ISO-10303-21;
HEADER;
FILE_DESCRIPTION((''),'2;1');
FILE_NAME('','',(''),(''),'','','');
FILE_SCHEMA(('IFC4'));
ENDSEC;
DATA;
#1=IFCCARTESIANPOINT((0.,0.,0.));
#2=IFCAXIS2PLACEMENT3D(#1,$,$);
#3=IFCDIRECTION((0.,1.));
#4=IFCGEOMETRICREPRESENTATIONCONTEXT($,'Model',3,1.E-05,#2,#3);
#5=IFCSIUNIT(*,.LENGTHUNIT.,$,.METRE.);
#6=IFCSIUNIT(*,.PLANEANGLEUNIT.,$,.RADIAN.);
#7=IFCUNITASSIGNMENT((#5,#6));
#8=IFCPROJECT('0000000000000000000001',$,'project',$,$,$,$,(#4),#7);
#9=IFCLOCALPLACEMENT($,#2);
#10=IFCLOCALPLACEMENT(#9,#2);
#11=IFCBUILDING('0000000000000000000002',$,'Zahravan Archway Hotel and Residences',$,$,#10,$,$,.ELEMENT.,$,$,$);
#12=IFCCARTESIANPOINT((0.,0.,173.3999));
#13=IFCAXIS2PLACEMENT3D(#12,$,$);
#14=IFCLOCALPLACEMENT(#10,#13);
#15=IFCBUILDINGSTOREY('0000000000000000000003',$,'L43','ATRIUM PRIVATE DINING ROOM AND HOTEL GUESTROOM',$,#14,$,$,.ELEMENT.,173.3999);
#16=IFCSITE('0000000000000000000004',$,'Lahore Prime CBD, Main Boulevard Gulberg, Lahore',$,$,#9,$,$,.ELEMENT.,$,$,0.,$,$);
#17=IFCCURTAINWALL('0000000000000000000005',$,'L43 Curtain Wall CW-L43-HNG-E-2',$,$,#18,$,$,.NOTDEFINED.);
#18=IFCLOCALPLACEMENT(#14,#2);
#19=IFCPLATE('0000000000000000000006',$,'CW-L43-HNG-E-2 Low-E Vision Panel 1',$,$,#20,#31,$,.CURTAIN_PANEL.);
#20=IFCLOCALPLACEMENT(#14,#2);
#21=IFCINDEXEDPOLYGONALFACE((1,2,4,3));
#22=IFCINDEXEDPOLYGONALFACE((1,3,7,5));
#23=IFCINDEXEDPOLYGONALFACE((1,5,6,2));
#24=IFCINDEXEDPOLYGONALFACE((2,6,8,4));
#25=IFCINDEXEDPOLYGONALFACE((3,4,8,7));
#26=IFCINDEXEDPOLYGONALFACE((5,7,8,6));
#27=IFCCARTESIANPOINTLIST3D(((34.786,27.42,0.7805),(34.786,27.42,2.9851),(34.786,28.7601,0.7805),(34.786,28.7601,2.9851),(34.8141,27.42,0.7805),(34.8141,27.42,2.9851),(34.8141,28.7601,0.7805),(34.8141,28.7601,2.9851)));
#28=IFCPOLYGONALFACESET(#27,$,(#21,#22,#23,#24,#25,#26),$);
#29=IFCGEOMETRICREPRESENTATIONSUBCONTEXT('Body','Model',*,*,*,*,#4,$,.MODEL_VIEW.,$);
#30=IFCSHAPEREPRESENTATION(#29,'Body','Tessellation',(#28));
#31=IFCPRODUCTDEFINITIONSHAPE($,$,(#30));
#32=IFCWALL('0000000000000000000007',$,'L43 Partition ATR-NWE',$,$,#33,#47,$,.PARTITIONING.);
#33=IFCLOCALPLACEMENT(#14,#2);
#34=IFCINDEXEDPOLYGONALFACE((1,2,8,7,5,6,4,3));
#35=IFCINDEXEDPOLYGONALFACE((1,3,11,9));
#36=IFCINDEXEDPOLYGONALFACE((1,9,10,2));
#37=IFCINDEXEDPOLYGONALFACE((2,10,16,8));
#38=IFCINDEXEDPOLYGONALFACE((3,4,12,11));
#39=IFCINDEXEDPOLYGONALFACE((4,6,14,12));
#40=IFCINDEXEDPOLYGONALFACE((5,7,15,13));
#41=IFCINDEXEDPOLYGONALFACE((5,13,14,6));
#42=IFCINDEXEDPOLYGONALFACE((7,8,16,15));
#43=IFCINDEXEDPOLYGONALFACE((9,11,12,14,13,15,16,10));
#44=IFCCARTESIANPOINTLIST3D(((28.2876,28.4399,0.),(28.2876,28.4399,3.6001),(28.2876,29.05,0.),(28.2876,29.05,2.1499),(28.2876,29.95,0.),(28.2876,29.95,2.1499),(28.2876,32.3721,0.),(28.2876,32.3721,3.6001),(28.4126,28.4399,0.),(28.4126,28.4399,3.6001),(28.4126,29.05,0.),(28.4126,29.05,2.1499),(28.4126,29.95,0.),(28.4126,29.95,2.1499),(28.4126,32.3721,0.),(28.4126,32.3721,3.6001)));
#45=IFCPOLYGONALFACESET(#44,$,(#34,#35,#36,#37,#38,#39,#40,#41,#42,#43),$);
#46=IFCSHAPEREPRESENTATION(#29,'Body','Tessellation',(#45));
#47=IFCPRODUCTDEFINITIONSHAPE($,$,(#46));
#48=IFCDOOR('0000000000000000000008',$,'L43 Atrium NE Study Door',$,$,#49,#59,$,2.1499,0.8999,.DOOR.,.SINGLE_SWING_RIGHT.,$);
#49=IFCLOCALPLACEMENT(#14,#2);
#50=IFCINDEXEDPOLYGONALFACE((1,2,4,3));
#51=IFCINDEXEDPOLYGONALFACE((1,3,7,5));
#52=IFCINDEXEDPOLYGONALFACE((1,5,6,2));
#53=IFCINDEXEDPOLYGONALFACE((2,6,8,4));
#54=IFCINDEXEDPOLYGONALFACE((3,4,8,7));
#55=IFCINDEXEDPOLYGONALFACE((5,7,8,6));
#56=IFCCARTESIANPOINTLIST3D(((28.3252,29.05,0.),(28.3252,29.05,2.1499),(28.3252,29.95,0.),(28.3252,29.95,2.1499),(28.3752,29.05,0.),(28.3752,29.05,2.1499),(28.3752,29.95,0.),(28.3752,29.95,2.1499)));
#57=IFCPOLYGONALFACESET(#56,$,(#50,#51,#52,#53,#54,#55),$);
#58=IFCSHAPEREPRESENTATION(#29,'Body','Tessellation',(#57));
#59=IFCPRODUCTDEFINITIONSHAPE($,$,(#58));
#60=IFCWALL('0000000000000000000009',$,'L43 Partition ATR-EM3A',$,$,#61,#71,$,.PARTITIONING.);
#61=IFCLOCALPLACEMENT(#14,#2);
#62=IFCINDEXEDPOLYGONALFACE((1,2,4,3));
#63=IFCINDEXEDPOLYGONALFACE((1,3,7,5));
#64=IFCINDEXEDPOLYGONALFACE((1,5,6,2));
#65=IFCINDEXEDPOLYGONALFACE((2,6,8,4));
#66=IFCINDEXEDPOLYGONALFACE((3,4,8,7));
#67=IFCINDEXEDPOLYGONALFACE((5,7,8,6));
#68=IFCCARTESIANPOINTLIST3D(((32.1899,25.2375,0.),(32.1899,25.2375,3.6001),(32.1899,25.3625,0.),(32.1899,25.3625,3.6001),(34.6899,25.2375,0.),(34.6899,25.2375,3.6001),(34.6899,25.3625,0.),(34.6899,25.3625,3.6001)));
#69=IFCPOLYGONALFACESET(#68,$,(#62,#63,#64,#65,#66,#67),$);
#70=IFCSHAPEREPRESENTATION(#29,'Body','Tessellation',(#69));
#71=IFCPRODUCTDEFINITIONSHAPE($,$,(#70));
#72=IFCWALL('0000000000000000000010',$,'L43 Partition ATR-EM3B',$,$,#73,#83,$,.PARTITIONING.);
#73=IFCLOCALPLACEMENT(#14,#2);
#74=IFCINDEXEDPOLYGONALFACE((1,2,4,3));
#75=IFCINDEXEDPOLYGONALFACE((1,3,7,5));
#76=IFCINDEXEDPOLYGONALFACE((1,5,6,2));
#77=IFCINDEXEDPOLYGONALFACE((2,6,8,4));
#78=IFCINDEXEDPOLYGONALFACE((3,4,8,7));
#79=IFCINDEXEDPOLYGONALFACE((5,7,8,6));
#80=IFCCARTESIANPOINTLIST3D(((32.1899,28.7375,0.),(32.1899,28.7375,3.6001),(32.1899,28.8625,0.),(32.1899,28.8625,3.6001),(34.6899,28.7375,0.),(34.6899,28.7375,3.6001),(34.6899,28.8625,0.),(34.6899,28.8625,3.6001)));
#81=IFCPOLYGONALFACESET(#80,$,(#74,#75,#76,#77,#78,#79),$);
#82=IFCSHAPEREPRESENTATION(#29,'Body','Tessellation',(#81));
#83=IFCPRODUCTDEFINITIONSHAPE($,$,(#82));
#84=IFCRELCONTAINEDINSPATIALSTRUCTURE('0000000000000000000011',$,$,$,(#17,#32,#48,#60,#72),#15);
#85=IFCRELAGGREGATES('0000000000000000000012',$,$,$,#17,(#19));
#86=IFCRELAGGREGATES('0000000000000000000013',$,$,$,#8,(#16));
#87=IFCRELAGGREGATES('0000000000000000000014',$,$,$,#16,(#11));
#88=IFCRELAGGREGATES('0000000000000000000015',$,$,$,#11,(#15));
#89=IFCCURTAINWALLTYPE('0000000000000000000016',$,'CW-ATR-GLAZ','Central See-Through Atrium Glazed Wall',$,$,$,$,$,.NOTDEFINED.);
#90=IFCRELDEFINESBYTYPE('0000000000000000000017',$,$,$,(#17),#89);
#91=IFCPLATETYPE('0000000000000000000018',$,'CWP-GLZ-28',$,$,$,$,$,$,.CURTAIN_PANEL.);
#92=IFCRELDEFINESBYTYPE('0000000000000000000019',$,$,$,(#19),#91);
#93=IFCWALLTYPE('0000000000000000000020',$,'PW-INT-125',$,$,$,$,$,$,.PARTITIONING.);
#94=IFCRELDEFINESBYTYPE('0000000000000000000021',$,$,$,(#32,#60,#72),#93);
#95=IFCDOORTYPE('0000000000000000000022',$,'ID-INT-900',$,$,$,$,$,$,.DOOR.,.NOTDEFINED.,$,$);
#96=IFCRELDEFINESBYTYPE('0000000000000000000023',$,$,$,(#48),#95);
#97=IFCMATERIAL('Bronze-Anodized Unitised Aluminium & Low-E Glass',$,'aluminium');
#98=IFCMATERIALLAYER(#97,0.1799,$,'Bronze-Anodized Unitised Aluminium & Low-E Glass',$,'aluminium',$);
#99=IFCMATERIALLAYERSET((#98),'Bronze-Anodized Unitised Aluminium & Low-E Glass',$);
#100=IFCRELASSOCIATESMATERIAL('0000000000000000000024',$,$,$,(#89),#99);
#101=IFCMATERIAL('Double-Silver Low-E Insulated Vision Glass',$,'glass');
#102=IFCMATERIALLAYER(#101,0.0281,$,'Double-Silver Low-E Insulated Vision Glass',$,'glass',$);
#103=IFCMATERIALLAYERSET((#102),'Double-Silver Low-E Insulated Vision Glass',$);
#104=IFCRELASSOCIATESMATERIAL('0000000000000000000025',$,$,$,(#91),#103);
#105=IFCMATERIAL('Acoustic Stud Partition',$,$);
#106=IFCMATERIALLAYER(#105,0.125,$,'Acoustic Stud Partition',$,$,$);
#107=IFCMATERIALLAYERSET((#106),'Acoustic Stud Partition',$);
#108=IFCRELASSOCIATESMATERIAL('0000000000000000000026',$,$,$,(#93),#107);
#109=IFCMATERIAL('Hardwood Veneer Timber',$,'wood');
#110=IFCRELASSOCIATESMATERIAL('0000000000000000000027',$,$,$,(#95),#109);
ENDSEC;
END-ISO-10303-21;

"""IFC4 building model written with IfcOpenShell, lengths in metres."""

from ifc_helpers import new_model, si_unit, direction, frame, frame_2d, origin, origin_2d, place, context, subcontext, project, spatial, rectangle, extrude, source, transform, mapped, material, layer, layer_set, type_object, type_shapes, element, fill, aggregate, save


model = new_model("IFC4")

# Units and contexts
model_context = context("Model", 3, precision=1e-05, world=origin(), true_north=direction((0.0, 1.0)))
body_context = subcontext(model_context, "Body", "Model", "MODEL_VIEW")
ifc_project = project(units=[si_unit("LENGTHUNIT", "METRE"), si_unit("PLANEANGLEUNIT", "RADIAN")], contexts=[model_context])

# Site, building, storey
site_placement = place(None, origin())
site = spatial("IfcSite", under=ifc_project, at=site_placement, Name="Lahore Prime CBD, Main Boulevard Gulberg, Lahore", CompositionType="ELEMENT", RefElevation=0.0)
building_placement = place(site_placement, origin())
building = spatial("IfcBuilding", under=site, at=building_placement, Name="Zahravan Archway Hotel and Residences", CompositionType="ELEMENT")
storey_placement = place(building_placement, frame((0.0, 0.0, 173.3999)))
storey = spatial("IfcBuildingStorey", under=building, at=storey_placement, Name="L43", Description="ATRIUM PRIVATE DINING ROOM AND HOTEL GUESTROOM", CompositionType="ELEMENT", Elevation=173.3999)

# Curtain wall
ifc_material_1 = material(Name="Bronze-Anodized Unitised Aluminium & Low-E Glass", Category="aluminium")
ifc_layer_1 = layer(ifc_material_1, 0.1799, Name="Bronze-Anodized Unitised Aluminium & Low-E Glass", Category="aluminium")
ifc_layer_set_1 = layer_set([ifc_layer_1], Name="Bronze-Anodized Unitised Aluminium & Low-E Glass")
curtain_wall_type = type_object("IfcCurtainWallType", Name="CW-ATR-GLAZ", Description="Central See-Through Atrium Glazed Wall", PredefinedType="NOTDEFINED", material=ifc_layer_set_1)
curtain_wall_1_placement = place(storey_placement, origin())
curtain_wall_1 = element("IfcCurtainWall", 1, at=curtain_wall_1_placement, inside=storey, type_object=curtain_wall_type, Name="L43 Curtain Wall CW-L43-HNG-E-2", PredefinedType="NOTDEFINED")

# Plate
ifc_material_2 = material(Name="Double-Silver Low-E Insulated Vision Glass", Category="glass")
ifc_layer_2 = layer(ifc_material_2, 0.0281, Name="Double-Silver Low-E Insulated Vision Glass", Category="glass")
ifc_layer_set_2 = layer_set([ifc_layer_2], Name="Double-Silver Low-E Insulated Vision Glass")
plate_type_1 = type_object("IfcPlateType", Name="CWP-GLZ-28", PredefinedType="CURTAIN_PANEL", material=ifc_layer_set_2)
shared_shape_1 = source(origin(), body_context, "Body", "SweptSolid", [
    extrude(rectangle(XDim=1.3401, YDim=0.0281, at=origin_2d()), origin(), (0.0, 0.0, 1.0), 2.2046),
])
plate_1_placement = place(storey_placement, frame((34.8, 28.0901, 0.7805), z_axis=(0.0, 0.0, 1.0), x_axis=(0.0, 1.0, 0.0)))
plate_1 = element("IfcPlate", 2, at=plate_1_placement, type_object=plate_type_1, Name="CW-L43-HNG-E-2 Low-E Vision Panel 1", PredefinedType="CURTAIN_PANEL", context=body_context, shape_type="MappedRepresentation", body=[
    mapped(shared_shape_1, transform((0.0, 0.0, 0.0), scale=1.0)),
])
aggregate(curtain_wall_1, [plate_1])

# Wall, opening, door
ifc_material_3 = material(Name="Acoustic Stud Partition")
ifc_layer_3 = layer(ifc_material_3, 0.125, Name="Acoustic Stud Partition")
ifc_layer_set_3 = layer_set([ifc_layer_3], Name="Acoustic Stud Partition")
wall_type = type_object("IfcWallType", Name="PW-INT-125", PredefinedType="PARTITIONING", material=ifc_layer_set_3)
wall_placement = place(storey_placement, frame((28.3501, 28.4399, 0.0), z_axis=(0.0, 0.0, 1.0), x_axis=(0.0, 1.0, 0.0)))
wall = element("IfcWall", 3, at=wall_placement, inside=storey, type_object=wall_type, Name="L43 Partition ATR-NWE", PredefinedType="PARTITIONING", context=body_context, shape_type="SweptSolid", body=[
    extrude(rectangle(XDim=3.9321, YDim=0.125, at=frame_2d((1.9661, 0.0))), origin(), (0.0, 0.0, 1.0), 3.6001),
])
opening_placement = place(wall_placement, frame((0.6101, 0.0, 0.0)))
opening = element("IfcOpeningElement", 4, at=opening_placement, cuts=wall, PredefinedType="OPENING", context=body_context, shape_type="SweptSolid", body=[
    extrude(rectangle(XDim=0.8999, YDim=2.1499, at=frame_2d((0.45, 1.075))), frame((0.0, 0.0725, 0.0), z_axis=(0.0, -1.0, 0.0), x_axis=(1.0, 0.0, 0.0)), (0.0, 0.0, 1.0), 0.145),
])
ifc_material_4 = material(Name="Hardwood Veneer Timber", Category="wood")
door_type = type_object("IfcDoorType", Name="ID-INT-900", OperationType="NOTDEFINED", PredefinedType="DOOR", material=ifc_material_4)
shared_shape_2 = source(origin(), body_context, "Body", "SweptSolid", [
    extrude(rectangle(XDim=0.8999, YDim=2.1499, at=frame_2d((0.45, 1.075))), frame((0.0, 0.0249, 0.0), z_axis=(0.0, -1.0, 0.0), x_axis=(1.0, 0.0, 0.0)), (0.0, 0.0, 1.0), 0.05),
])
type_shapes(door_type, [shared_shape_2])
door_placement = place(opening_placement, origin())
door = element("IfcDoor", 5, at=door_placement, inside=storey, type_object=door_type, Name="L43 Atrium NE Study Door", OperationType="SINGLE_SWING_RIGHT", OverallHeight=2.1499, OverallWidth=0.8999, PredefinedType="DOOR", context=body_context, shape_type="MappedRepresentation", body=[
    mapped(shared_shape_2, transform((0.0, 0.0, 0.0), scale=1.0)),
])
fill(opening, door)

# Walls
for number, where, z_axis, x_axis, name in (
    (6, (32.1899, 25.3, 0.0), (0.0, 0.0, 1.0), (1.0, 0.0, 0.0), "L43 Partition ATR-EM3A"),
    (7, (32.1899, 28.8, 0.0), (0.0, 0.0, 1.0), (1.0, 0.0, 0.0), "L43 Partition ATR-EM3B"),
):
    element("IfcWall", number, at=place(storey_placement, frame(where, z_axis=z_axis, x_axis=x_axis)), inside=storey, type_object=wall_type, Name=name, PredefinedType="PARTITIONING", context=body_context, shape_type="SweptSolid", body=[
        extrude(rectangle(XDim=2.5, YDim=0.125, at=frame_2d((1.25, 0.0))), origin(), (0.0, 0.0, 1.0), 3.6001),
    ])

save(model, "model.ifc")
